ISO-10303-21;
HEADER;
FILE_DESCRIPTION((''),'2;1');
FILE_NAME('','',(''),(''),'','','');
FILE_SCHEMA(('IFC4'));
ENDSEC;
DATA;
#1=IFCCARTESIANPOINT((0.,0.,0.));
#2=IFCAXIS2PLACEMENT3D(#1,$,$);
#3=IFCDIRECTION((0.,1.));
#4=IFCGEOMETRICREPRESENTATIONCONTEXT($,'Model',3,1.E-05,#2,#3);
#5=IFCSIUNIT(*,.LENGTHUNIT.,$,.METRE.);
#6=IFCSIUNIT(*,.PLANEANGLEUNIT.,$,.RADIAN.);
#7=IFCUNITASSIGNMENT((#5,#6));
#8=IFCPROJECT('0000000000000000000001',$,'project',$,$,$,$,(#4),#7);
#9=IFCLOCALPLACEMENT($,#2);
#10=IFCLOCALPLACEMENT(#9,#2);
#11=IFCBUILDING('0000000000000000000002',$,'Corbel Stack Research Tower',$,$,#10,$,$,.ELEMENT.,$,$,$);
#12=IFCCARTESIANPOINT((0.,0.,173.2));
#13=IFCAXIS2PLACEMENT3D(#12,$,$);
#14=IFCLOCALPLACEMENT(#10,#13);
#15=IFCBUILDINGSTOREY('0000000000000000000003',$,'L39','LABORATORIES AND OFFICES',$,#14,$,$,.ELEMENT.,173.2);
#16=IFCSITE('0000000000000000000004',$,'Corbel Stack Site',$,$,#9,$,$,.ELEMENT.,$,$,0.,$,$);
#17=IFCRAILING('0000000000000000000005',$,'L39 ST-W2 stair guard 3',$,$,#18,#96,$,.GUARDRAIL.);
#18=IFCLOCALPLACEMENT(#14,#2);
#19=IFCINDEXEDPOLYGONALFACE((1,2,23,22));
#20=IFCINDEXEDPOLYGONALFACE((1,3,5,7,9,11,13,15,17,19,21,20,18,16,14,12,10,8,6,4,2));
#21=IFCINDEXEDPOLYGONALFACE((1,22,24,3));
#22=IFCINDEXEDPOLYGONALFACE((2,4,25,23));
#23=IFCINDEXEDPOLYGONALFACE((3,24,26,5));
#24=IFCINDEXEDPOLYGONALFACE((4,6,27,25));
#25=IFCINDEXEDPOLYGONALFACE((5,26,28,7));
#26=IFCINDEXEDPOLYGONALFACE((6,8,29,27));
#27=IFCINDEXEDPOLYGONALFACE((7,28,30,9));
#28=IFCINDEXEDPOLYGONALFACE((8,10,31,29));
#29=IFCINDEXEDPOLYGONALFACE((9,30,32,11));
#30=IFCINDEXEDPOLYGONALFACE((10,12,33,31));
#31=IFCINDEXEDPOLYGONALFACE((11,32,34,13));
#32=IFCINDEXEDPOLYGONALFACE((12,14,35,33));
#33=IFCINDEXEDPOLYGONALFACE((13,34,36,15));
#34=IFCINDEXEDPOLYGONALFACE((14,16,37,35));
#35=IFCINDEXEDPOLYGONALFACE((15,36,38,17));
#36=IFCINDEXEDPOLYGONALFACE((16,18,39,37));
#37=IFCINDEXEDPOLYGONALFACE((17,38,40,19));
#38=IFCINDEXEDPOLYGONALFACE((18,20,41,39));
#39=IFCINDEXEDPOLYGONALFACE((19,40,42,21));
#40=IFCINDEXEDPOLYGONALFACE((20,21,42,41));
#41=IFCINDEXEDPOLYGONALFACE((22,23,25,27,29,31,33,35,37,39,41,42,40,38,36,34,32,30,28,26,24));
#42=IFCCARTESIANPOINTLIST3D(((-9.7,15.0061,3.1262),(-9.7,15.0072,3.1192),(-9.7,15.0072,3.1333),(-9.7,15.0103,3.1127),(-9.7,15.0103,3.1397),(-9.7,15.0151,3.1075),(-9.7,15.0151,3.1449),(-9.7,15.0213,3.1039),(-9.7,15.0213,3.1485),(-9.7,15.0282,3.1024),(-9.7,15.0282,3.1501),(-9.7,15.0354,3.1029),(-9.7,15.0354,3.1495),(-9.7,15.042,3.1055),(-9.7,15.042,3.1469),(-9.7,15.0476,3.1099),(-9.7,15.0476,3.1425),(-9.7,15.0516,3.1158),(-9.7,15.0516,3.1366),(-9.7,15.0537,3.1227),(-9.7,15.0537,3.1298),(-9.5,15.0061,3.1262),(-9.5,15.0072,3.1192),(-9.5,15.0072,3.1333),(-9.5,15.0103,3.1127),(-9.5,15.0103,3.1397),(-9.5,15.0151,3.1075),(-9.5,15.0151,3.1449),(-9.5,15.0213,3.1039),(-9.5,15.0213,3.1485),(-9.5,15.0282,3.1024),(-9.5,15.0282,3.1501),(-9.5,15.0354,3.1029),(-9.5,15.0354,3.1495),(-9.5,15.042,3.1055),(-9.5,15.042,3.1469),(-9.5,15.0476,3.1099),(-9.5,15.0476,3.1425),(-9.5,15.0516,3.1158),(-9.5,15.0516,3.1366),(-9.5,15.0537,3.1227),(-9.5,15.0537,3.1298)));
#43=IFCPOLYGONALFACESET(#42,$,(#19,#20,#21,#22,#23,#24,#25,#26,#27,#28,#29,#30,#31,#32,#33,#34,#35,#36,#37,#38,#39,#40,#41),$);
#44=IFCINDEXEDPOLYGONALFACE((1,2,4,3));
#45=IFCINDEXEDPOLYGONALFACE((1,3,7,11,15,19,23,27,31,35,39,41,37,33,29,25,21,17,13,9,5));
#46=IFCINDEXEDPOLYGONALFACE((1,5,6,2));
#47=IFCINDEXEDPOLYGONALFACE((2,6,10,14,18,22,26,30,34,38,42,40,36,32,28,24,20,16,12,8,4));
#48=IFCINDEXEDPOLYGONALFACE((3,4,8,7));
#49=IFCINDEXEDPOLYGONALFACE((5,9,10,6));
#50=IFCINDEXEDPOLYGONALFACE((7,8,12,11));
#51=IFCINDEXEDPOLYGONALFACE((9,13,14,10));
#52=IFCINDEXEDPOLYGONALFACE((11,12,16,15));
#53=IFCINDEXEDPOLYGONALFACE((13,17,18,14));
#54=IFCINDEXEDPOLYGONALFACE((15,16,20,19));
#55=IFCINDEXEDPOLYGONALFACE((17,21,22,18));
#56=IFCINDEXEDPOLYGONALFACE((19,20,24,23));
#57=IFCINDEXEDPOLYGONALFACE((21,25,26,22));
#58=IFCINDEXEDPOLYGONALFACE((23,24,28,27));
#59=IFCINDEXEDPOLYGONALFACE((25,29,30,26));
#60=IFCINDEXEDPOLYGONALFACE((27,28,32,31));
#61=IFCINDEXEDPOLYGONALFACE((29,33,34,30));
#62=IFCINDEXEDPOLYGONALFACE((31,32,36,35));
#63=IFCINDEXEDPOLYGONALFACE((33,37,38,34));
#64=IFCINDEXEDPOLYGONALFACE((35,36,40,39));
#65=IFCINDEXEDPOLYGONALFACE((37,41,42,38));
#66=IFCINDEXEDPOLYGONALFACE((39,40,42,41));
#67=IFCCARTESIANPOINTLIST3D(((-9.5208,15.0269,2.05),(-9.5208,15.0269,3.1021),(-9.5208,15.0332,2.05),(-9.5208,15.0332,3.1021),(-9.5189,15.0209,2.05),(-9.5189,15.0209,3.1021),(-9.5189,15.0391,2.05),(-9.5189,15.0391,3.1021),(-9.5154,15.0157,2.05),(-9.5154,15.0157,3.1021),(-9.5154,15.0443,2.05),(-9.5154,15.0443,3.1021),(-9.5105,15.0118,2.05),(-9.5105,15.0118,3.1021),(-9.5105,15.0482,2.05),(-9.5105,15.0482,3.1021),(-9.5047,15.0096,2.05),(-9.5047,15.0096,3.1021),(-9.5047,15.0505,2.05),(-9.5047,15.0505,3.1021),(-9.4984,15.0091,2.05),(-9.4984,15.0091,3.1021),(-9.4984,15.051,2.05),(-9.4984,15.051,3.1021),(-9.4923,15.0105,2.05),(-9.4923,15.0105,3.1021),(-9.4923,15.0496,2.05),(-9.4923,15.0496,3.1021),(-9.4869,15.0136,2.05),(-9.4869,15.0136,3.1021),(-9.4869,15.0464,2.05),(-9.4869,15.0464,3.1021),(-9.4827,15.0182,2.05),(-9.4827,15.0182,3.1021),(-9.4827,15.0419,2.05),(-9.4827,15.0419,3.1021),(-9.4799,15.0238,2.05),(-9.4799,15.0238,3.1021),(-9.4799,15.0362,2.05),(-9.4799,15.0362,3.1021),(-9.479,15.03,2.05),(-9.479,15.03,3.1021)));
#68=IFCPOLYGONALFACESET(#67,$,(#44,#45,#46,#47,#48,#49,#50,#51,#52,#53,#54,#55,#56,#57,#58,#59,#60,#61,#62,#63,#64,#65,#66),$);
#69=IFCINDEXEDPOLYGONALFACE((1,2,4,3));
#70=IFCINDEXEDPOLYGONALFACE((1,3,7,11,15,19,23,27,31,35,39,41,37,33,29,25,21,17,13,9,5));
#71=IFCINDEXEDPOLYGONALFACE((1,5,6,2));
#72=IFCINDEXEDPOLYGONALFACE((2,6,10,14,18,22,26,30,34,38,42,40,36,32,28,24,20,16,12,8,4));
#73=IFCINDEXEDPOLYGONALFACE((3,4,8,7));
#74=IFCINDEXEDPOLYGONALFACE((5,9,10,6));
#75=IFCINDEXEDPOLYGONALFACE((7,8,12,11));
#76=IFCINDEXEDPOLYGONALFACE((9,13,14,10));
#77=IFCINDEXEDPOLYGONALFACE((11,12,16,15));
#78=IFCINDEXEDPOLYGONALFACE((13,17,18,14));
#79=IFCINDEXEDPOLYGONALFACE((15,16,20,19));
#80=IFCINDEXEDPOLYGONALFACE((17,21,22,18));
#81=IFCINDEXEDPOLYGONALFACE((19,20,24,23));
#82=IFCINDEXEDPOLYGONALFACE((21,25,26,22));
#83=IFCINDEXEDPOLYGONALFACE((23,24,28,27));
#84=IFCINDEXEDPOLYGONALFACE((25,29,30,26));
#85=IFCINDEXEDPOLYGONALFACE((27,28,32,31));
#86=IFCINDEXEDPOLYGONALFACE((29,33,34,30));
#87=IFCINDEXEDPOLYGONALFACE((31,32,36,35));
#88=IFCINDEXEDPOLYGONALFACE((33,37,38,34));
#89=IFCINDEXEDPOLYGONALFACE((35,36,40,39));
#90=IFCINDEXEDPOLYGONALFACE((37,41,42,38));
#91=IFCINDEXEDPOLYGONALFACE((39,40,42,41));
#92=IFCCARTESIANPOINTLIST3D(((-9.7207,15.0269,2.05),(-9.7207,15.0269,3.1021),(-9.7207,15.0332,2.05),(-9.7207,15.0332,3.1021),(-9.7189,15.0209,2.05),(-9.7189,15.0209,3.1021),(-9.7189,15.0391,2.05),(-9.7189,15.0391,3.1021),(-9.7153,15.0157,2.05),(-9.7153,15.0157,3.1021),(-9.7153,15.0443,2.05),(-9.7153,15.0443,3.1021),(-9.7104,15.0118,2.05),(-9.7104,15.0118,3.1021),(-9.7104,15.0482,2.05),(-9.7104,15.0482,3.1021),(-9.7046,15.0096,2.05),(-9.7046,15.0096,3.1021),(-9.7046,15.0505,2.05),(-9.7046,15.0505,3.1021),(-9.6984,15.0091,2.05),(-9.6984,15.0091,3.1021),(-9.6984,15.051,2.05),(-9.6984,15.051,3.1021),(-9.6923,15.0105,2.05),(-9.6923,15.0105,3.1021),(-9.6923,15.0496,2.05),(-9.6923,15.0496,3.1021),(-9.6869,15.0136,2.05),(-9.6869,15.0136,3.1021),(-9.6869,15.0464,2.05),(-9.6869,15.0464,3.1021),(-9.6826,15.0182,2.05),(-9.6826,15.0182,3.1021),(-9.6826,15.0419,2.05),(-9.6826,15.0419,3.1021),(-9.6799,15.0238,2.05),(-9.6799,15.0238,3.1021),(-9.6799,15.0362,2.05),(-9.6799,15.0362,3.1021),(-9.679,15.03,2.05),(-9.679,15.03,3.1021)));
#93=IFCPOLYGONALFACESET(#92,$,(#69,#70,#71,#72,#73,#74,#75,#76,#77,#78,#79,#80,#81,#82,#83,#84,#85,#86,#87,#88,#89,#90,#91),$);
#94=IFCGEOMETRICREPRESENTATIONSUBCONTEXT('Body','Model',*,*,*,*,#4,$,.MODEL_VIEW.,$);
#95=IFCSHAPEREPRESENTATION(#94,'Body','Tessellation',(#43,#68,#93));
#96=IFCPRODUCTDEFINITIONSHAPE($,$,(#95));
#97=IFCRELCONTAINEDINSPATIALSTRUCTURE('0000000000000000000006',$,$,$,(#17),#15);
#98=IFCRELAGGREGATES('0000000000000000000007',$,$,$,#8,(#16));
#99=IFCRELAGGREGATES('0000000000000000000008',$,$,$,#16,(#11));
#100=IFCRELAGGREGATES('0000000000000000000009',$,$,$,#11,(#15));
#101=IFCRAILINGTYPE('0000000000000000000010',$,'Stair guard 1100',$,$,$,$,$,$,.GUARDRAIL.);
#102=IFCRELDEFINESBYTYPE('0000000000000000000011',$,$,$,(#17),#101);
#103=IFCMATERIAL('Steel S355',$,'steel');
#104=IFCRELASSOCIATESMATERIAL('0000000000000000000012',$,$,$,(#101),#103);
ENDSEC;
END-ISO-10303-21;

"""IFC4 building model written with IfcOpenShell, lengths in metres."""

from ifc_helpers import new_model, si_unit, direction, frame, origin, origin_2d, place, context, subcontext, project, spatial, circle, extrude, material, type_object, element, save


model = new_model("IFC4")

# Units and contexts
model_context = context("Model", 3, precision=1e-05, world=origin(), true_north=direction((0.0, 1.0)))
body_context = subcontext(model_context, "Body", "Model", "MODEL_VIEW")
ifc_project = project(units=[si_unit("LENGTHUNIT", "METRE"), si_unit("PLANEANGLEUNIT", "RADIAN")], contexts=[model_context])

# Site, building, storey
site_placement = place(None, origin())
site = spatial("IfcSite", under=ifc_project, at=site_placement, Name="Corbel Stack Site", CompositionType="ELEMENT", RefElevation=0.0)
building_placement = place(site_placement, origin())
building = spatial("IfcBuilding", under=site, at=building_placement, Name="Corbel Stack Research Tower", CompositionType="ELEMENT")
storey_placement = place(building_placement, frame((0.0, 0.0, 173.2)))
storey = spatial("IfcBuildingStorey", under=building, at=storey_placement, Name="L39", Description="LABORATORIES AND OFFICES", CompositionType="ELEMENT", Elevation=173.2)

# Railing
ifc_material_1 = material(Name="Steel S355", Category="steel")
railing_type_1 = type_object("IfcRailingType", Name="Stair guard 1100", PredefinedType="GUARDRAIL", material=ifc_material_1)
railing_1_placement = place(storey_placement, frame((-9.5, 15.03, 2.05)))
element("IfcRailing", 1, at=railing_1_placement, inside=storey, type_object=railing_type_1, Name="L39 ST-W2 stair guard 3", PredefinedType="GUARDRAIL", context=body_context, shape_type="SweptSolid", body=[
    extrude(circle(Radius=0.0239, at=origin_2d()), frame((0.0, 0.0, 1.0762), z_axis=(-1.0, 0.0, 0.0), x_axis=(0.0, -1.0, 0.0)), (0.0, 0.0, 1.0), 0.2),
    extrude(circle(Radius=0.021, at=origin_2d()), origin(), (0.0, 0.0, 1.0), 1.052),
    extrude(circle(Radius=0.021, at=origin_2d()), frame((-0.2, 0.0, 0.0)), (0.0, 0.0, 1.0), 1.052),
])

save(model, "model.ifc")
